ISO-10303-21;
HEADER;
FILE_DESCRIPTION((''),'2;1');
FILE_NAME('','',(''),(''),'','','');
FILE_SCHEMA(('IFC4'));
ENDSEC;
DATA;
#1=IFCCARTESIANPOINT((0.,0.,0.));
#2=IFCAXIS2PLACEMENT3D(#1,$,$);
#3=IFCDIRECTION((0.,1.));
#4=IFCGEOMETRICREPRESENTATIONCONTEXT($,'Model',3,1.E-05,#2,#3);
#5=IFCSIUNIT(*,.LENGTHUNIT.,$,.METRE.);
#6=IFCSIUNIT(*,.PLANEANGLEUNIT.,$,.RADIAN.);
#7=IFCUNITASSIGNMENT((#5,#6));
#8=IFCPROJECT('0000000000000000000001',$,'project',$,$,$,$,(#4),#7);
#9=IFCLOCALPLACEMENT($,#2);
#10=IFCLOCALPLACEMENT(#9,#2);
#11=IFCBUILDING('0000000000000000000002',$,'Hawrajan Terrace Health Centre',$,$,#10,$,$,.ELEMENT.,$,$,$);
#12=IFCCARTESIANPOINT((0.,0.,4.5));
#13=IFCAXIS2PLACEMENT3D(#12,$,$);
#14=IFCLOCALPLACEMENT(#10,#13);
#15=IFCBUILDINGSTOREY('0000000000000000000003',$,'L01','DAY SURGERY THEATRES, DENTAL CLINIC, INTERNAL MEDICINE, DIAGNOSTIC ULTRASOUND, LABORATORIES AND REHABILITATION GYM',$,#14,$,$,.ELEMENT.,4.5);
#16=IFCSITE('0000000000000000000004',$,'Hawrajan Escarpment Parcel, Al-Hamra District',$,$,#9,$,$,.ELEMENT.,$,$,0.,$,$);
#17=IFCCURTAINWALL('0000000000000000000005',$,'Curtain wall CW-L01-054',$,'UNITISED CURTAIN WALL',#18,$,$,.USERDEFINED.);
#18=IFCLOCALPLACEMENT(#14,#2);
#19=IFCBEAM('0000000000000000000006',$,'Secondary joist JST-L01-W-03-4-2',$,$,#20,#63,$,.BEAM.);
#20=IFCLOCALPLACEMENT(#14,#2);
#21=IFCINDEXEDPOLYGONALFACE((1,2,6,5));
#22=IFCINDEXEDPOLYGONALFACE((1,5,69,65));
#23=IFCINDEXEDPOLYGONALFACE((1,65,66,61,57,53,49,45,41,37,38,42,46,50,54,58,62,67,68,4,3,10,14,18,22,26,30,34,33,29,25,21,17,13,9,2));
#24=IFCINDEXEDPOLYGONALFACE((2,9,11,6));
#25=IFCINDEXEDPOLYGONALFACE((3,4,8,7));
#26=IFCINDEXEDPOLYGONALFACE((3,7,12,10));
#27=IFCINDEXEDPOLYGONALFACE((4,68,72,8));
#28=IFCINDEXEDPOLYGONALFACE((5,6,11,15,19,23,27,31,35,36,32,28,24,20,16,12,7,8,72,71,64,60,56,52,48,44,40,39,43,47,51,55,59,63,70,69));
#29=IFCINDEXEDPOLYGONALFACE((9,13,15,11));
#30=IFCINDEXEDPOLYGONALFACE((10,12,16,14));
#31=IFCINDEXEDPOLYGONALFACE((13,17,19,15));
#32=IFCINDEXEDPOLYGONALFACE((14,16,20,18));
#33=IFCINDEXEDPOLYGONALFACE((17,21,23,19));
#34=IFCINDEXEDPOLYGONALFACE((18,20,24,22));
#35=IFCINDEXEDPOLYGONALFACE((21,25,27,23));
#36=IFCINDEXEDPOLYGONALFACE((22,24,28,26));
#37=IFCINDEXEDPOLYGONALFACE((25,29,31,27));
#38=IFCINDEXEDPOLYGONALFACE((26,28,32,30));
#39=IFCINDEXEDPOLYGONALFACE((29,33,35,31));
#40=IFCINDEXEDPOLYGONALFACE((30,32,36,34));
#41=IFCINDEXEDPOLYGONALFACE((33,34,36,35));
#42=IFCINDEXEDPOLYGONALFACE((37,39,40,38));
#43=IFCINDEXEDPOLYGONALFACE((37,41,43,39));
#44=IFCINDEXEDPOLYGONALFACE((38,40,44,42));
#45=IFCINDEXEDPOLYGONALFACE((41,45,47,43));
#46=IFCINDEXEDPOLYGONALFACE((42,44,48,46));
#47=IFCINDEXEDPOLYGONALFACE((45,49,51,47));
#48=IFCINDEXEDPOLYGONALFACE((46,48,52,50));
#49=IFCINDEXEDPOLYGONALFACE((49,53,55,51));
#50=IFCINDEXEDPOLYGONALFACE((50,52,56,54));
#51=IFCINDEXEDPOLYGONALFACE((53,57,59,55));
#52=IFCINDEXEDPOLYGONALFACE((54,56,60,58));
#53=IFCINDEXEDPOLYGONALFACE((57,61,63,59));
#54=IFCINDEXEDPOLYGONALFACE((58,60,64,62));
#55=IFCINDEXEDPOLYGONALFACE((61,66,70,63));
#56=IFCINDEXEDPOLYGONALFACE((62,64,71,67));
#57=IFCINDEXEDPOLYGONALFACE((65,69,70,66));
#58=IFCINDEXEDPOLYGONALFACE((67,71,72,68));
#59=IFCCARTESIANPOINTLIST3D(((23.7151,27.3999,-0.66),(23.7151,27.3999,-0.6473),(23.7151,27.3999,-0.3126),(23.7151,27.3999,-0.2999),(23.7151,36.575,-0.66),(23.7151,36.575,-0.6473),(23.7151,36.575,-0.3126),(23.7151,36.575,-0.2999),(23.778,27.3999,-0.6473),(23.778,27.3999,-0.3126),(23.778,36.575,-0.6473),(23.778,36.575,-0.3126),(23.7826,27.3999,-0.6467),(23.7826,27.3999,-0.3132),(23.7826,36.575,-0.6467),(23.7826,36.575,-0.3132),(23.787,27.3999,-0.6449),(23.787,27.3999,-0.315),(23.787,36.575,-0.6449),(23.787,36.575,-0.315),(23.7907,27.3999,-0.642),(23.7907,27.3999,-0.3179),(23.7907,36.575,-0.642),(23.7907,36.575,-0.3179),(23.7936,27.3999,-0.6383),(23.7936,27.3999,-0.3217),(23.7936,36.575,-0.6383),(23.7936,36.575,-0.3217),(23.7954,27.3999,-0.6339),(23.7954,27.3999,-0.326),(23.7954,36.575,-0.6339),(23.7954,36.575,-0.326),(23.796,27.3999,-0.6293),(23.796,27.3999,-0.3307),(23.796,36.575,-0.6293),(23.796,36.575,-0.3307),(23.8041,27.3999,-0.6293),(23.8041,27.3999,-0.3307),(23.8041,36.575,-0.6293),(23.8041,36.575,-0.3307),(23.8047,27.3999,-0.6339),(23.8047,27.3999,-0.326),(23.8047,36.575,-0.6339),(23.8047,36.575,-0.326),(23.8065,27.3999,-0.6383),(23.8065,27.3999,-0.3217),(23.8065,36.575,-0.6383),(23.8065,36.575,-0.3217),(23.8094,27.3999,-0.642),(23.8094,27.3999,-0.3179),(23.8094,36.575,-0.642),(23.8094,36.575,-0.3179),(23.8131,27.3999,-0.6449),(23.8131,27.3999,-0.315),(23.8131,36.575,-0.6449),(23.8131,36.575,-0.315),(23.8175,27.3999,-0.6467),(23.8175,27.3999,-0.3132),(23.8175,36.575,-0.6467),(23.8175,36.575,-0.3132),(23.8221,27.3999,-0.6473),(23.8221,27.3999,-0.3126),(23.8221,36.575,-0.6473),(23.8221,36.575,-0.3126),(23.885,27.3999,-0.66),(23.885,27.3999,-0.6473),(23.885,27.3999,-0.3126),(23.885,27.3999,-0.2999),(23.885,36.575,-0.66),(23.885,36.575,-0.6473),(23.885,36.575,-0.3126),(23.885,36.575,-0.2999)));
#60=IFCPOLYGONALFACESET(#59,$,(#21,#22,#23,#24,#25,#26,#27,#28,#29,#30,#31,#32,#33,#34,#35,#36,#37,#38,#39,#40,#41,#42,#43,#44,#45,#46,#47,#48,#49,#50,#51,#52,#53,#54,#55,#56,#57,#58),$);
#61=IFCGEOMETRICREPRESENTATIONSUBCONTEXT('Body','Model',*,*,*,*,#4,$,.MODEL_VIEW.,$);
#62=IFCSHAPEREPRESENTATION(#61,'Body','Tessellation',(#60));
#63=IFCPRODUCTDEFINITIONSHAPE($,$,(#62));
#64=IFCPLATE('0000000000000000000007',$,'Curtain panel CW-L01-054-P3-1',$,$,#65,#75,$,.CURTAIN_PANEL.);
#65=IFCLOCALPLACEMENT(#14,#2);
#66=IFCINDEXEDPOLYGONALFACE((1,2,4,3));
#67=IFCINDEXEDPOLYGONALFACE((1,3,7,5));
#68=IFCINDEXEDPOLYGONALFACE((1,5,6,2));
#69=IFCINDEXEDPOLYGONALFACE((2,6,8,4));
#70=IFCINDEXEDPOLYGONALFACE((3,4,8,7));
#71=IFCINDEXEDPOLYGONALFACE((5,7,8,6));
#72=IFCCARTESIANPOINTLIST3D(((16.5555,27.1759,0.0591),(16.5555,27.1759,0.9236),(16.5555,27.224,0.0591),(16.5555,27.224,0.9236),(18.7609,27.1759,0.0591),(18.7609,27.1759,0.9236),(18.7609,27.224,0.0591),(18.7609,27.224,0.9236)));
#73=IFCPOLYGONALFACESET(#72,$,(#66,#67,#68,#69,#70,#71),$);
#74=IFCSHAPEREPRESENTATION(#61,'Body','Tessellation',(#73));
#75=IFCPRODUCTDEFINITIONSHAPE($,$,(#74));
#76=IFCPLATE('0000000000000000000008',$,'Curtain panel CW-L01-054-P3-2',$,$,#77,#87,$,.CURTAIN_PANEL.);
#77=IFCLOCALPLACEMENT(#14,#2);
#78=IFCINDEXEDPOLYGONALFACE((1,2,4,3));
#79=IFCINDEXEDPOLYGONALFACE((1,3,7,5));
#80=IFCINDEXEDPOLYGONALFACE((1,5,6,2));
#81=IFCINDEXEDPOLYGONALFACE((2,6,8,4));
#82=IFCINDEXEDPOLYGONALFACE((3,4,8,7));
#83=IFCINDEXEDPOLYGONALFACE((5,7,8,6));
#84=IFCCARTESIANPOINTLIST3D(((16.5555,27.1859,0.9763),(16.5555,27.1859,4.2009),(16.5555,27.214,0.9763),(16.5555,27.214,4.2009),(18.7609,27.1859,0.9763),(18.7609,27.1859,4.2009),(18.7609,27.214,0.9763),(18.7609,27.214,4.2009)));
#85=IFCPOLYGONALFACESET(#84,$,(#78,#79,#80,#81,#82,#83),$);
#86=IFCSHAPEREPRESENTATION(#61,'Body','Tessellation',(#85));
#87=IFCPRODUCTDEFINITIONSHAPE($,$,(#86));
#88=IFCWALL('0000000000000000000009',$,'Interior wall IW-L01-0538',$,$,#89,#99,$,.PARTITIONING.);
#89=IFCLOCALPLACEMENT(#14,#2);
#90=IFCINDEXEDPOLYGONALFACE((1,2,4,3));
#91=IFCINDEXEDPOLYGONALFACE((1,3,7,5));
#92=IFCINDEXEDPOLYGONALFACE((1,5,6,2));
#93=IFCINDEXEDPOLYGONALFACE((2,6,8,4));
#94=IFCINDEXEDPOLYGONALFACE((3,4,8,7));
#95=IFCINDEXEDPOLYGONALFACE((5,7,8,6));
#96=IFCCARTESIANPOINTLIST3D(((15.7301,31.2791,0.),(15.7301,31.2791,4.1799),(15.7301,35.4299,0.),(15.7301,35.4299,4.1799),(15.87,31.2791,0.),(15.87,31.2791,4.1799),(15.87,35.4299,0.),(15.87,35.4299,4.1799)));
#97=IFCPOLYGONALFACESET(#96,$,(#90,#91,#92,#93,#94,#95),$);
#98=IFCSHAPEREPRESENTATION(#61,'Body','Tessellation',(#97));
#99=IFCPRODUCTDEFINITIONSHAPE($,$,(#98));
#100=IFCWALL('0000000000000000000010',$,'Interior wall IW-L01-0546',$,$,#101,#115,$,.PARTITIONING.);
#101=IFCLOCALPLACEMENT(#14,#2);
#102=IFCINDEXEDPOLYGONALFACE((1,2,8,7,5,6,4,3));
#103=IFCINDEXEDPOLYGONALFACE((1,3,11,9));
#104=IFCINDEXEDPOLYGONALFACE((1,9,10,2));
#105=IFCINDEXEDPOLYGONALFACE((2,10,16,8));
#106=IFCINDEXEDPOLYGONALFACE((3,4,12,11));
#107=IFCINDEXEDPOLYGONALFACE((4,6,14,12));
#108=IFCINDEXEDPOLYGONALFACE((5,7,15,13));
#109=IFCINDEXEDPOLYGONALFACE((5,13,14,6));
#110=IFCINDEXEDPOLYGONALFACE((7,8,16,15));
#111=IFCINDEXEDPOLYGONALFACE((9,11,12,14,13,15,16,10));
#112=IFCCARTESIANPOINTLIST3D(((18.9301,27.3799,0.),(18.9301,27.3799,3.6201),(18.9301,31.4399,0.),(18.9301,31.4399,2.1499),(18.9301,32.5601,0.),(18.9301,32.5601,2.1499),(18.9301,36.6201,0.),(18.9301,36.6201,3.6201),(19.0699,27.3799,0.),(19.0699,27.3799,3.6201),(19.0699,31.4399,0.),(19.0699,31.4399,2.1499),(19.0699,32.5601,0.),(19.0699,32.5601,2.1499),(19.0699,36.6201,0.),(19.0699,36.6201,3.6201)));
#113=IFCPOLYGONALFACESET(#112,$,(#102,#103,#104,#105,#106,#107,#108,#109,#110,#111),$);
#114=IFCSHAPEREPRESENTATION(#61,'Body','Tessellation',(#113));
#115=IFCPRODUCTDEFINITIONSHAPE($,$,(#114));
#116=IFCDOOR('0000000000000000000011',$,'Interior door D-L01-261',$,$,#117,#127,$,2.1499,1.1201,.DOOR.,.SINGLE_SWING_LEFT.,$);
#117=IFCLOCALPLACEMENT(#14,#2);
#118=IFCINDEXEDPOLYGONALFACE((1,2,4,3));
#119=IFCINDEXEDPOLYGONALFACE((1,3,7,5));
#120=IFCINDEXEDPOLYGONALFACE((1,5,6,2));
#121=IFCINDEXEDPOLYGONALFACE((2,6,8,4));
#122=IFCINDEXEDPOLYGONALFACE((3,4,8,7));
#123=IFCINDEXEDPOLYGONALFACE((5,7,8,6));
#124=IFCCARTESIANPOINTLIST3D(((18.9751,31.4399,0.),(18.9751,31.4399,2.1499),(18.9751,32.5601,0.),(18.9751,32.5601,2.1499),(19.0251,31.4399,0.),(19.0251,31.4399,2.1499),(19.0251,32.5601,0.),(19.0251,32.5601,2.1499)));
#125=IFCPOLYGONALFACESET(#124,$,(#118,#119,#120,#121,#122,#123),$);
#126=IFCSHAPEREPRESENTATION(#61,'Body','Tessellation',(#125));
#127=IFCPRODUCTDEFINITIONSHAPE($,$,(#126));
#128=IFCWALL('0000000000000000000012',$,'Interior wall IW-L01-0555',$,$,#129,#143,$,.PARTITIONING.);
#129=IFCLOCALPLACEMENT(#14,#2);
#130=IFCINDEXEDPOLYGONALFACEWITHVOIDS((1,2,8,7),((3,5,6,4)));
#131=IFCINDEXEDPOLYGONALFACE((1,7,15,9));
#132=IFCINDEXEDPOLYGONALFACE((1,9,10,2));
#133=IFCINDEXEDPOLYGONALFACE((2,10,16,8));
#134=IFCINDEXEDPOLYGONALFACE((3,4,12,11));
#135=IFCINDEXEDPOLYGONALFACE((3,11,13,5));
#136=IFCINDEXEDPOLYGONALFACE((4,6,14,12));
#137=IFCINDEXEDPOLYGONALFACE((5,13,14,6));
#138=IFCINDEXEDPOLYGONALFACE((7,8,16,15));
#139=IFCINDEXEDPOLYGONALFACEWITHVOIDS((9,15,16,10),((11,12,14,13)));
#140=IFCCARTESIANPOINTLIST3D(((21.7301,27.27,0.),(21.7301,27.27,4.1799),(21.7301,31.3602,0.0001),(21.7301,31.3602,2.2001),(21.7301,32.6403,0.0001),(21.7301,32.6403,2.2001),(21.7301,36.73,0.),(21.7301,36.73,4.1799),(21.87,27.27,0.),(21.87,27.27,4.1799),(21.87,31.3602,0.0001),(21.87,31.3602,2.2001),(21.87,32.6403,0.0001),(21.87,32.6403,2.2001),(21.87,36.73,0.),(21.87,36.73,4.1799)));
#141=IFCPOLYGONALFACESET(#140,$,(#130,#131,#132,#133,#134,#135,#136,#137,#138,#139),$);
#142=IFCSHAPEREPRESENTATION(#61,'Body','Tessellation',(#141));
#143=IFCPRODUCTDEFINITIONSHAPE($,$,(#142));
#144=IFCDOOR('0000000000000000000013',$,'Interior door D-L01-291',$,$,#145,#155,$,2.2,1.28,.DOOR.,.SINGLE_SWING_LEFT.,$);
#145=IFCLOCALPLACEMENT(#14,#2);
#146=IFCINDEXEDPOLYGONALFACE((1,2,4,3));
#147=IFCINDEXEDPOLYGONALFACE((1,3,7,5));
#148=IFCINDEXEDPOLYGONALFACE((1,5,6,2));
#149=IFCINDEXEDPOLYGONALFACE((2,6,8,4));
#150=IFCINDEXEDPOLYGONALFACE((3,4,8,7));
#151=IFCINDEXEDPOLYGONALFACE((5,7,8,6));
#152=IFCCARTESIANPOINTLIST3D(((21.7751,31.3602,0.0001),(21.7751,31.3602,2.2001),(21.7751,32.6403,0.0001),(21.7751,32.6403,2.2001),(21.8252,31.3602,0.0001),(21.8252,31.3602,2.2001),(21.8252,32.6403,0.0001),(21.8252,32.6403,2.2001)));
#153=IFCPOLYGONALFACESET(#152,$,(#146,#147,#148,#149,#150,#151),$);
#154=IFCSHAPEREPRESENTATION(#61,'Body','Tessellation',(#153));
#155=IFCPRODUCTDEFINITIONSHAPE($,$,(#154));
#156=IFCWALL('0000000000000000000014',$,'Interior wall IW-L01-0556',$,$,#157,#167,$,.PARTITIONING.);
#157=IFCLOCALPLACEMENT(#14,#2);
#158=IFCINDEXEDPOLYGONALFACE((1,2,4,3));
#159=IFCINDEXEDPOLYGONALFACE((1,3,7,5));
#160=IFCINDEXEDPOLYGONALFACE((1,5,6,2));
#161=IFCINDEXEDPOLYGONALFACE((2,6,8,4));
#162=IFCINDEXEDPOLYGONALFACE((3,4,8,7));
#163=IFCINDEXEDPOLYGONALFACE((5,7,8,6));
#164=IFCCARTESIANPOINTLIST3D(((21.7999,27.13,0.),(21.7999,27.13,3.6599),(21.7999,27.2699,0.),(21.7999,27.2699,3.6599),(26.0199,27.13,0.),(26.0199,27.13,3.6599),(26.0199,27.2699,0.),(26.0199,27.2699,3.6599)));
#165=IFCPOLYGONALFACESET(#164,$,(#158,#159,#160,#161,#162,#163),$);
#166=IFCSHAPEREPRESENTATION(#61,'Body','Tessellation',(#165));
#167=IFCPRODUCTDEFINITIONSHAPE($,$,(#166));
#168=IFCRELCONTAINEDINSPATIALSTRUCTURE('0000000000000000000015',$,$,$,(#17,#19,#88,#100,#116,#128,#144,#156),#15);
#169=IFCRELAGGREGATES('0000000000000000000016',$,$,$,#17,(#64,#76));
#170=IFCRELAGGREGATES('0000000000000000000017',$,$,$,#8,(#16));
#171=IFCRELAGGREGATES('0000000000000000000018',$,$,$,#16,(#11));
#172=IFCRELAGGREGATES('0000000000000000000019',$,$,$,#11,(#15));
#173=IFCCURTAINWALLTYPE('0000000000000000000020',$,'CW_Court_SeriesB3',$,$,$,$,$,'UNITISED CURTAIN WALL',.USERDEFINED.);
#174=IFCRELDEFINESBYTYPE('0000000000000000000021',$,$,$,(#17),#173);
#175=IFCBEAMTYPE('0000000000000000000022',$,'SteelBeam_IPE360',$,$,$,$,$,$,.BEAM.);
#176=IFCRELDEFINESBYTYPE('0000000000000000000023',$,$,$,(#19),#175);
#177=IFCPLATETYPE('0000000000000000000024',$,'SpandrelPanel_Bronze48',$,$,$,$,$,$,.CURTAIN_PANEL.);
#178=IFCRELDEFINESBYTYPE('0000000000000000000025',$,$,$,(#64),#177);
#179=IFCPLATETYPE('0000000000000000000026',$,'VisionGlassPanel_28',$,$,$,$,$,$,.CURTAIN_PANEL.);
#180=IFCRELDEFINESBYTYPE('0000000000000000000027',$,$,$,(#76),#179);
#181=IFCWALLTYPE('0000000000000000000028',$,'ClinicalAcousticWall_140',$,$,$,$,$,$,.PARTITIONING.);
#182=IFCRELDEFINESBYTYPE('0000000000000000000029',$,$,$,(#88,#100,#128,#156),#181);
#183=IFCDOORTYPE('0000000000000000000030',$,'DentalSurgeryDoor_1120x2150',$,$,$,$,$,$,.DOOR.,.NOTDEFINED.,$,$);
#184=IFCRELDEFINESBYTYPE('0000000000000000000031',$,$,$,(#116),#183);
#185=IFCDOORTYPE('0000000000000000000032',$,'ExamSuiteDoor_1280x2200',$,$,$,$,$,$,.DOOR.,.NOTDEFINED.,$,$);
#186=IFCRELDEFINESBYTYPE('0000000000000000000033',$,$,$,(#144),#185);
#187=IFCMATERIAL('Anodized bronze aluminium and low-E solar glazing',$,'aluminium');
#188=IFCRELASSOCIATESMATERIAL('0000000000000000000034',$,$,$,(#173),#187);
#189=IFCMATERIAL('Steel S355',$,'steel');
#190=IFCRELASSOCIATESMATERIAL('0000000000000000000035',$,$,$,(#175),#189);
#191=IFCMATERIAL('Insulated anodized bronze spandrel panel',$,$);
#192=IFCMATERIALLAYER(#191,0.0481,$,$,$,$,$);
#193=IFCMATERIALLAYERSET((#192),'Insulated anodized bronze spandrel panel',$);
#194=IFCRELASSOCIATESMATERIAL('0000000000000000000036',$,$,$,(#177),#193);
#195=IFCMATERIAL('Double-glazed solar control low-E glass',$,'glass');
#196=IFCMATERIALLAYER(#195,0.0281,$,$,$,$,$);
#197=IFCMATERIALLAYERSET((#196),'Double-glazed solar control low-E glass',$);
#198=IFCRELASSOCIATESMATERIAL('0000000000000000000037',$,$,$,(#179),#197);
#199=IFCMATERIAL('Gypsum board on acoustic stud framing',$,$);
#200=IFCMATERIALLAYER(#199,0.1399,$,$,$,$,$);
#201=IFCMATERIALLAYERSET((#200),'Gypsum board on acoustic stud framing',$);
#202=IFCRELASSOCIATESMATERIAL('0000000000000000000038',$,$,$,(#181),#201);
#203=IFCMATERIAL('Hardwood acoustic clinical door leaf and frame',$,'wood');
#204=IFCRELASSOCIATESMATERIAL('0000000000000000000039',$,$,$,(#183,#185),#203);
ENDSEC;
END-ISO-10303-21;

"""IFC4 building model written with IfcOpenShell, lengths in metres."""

from ifc_helpers import new_model, si_unit, direction, frame, frame_2d, origin, origin_2d, place, context, subcontext, project, spatial, rectangle, i_section, extrude, material, layer, layer_set, material_profile, profile_set, type_object, element, fill, aggregate, save


model = new_model("IFC4")

# Units and contexts
model_context = context("Model", 3, precision=1e-05, world=origin(), true_north=direction((0.0, 1.0)))
body_context = subcontext(model_context, "Body", "Model", "MODEL_VIEW")
ifc_project = project(units=[si_unit("LENGTHUNIT", "METRE"), si_unit("PLANEANGLEUNIT", "RADIAN")], contexts=[model_context])

# Site, building, storey
site_placement = place(None, origin())
site = spatial("IfcSite", under=ifc_project, at=site_placement, Name="Hawrajan Escarpment Parcel, Al-Hamra District", CompositionType="ELEMENT", RefElevation=0.0)
building_placement = place(site_placement, origin())
building = spatial("IfcBuilding", under=site, at=building_placement, Name="Hawrajan Terrace Health Centre", CompositionType="ELEMENT")
storey_placement = place(building_placement, frame((0.0, 0.0, 4.5)))
storey = spatial("IfcBuildingStorey", under=building, at=storey_placement, Name="L01", Description="DAY SURGERY THEATRES, DENTAL CLINIC, INTERNAL MEDICINE, DIAGNOSTIC ULTRASOUND, LABORATORIES AND REHABILITATION GYM", CompositionType="ELEMENT", Elevation=4.5)

# Curtain wall
ifc_material_1 = material(Name="Anodized bronze aluminium and low-E solar glazing", Category="aluminium")
curtain_wall_type_1 = type_object("IfcCurtainWallType", Name="CW_Court_SeriesB3", ElementType="UNITISED CURTAIN WALL", PredefinedType="USERDEFINED", material=ifc_material_1)
curtain_wall_1_placement = place(storey_placement, origin())
curtain_wall_1 = element("IfcCurtainWall", 1, at=curtain_wall_1_placement, inside=storey, type_object=curtain_wall_type_1, Name="Curtain wall CW-L01-054", ObjectType="UNITISED CURTAIN WALL", PredefinedType="USERDEFINED")

# Beam
ifc_material_2 = material(Name="Steel S355", Category="steel")
ifc_material_profile_1 = material_profile(ifc_material_2, i_section(OverallWidth=0.1699, OverallDepth=0.3601, WebThickness=0.0081, FlangeThickness=0.0127, FilletRadius=0.0181, at=origin_2d()), Name="IPE 360")
ifc_profile_set_1 = profile_set([ifc_material_profile_1], Name="Steel S355")
beam_type_1 = type_object("IfcBeamType", Name="SteelBeam_IPE360", PredefinedType="BEAM", material=ifc_profile_set_1)
for number, where, z_axis, x_axis, name in (
    (2, (23.8, 27.3999, -0.48), (0.0, 1.0, 0.0), (-1.0, 0.0, 0.0), "Secondary joist JST-L01-W-03-4-2"),
):
    element("IfcBeam", number, at=place(storey_placement, frame(where, z_axis=z_axis, x_axis=x_axis)), inside=storey, type_object=beam_type_1, Name=name, PredefinedType="BEAM", context=body_context, shape_type="SweptSolid", body=[
        extrude(i_section(OverallWidth=0.1699, OverallDepth=0.3601, WebThickness=0.0081, FlangeThickness=0.0127, FilletRadius=0.0181, at=origin_2d()), origin(), (0.0, 0.0, 1.0), 9.175),
    ])

# Plates
ifc_material_3 = material(Name="Insulated anodized bronze spandrel panel")
ifc_layer_1 = layer(ifc_material_3, 0.0481)
ifc_layer_set_1 = layer_set([ifc_layer_1], Name="Insulated anodized bronze spandrel panel")
plate_type_1 = type_object("IfcPlateType", Name="SpandrelPanel_Bronze48", PredefinedType="CURTAIN_PANEL", material=ifc_layer_set_1)
plate_1_placement = place(storey_placement, frame((17.6582, 27.2, 0.0591), z_axis=(0.0, 0.0, 1.0), x_axis=(1.0, 0.0, 0.0)))
plate_1 = element("IfcPlate", 3, at=plate_1_placement, type_object=plate_type_1, Name="Curtain panel CW-L01-054-P3-1", PredefinedType="CURTAIN_PANEL", context=body_context, shape_type="SweptSolid", body=[
    extrude(rectangle(XDim=2.2053, YDim=0.0481, at=origin_2d()), origin(), (0.0, 0.0, 1.0), 0.8645),
])
ifc_material_4 = material(Name="Double-glazed solar control low-E glass", Category="glass")
ifc_layer_2 = layer(ifc_material_4, 0.0281)
ifc_layer_set_2 = layer_set([ifc_layer_2], Name="Double-glazed solar control low-E glass")
plate_type_2 = type_object("IfcPlateType", Name="VisionGlassPanel_28", PredefinedType="CURTAIN_PANEL", material=ifc_layer_set_2)
plate_2_placement = place(storey_placement, frame((17.6582, 27.2, 0.9763), z_axis=(0.0, 0.0, 1.0), x_axis=(1.0, 0.0, 0.0)))
plate_2 = element("IfcPlate", 4, at=plate_2_placement, type_object=plate_type_2, Name="Curtain panel CW-L01-054-P3-2", PredefinedType="CURTAIN_PANEL", context=body_context, shape_type="SweptSolid", body=[
    extrude(rectangle(XDim=2.2053, YDim=0.0281, at=origin_2d()), origin(), (0.0, 0.0, 1.0), 3.2246),
])
aggregate(curtain_wall_1, [plate_1, plate_2])

# Wall
ifc_material_5 = material(Name="Gypsum board on acoustic stud framing")
ifc_layer_3 = layer(ifc_material_5, 0.1399)
ifc_layer_set_3 = layer_set([ifc_layer_3], Name="Gypsum board on acoustic stud framing")
wall_type = type_object("IfcWallType", Name="ClinicalAcousticWall_140", PredefinedType="PARTITIONING", material=ifc_layer_set_3)
wall_1_placement = place(storey_placement, frame((15.8, 31.2791, 0.0), z_axis=(0.0, 0.0, 1.0), x_axis=(0.0, 1.0, 0.0)))
element("IfcWall", 5, at=wall_1_placement, inside=storey, type_object=wall_type, Name="Interior wall IW-L01-0538", PredefinedType="PARTITIONING", context=body_context, shape_type="SweptSolid", body=[
    extrude(rectangle(XDim=4.1509, YDim=0.1399, at=frame_2d((2.0754, 0.0))), origin(), (0.0, 0.0, 1.0), 4.1799),
])

# Walls, openings, doors
ifc_material_6 = material(Name="Hardwood acoustic clinical door leaf and frame", Category="wood")
wall_2_placement = place(storey_placement, frame((19.0, 27.3799, 0.0), z_axis=(0.0, 0.0, 1.0), x_axis=(0.0, 1.0, 0.0)))
wall_2 = element("IfcWall", 6, at=wall_2_placement, inside=storey, type_object=wall_type, Name="Interior wall IW-L01-0546", PredefinedType="PARTITIONING", context=body_context, shape_type="SweptSolid", body=[
    extrude(rectangle(XDim=9.2402, YDim=0.1399, at=frame_2d((4.6201, 0.0))), origin(), (0.0, 0.0, 1.0), 3.6201),
])
opening_1_placement = place(wall_2_placement, frame((4.0601, 0.0, 0.0)))
opening_1 = element("IfcOpeningElement", 7, at=opening_1_placement, cuts=wall_2, PredefinedType="OPENING", context=body_context, shape_type="SweptSolid", body=[
    extrude(rectangle(XDim=1.1201, YDim=2.1499, at=frame_2d((0.5601, 1.075))), frame((0.0, 0.0798, 0.0), z_axis=(0.0, -1.0, 0.0), x_axis=(1.0, 0.0, 0.0)), (0.0, 0.0, 1.0), 0.1599),
])
door_type_1 = type_object("IfcDoorType", Name="DentalSurgeryDoor_1120x2150", OperationType="NOTDEFINED", PredefinedType="DOOR", material=ifc_material_6)
door_1_placement = place(opening_1_placement, origin())
door_1 = element("IfcDoor", 8, at=door_1_placement, inside=storey, type_object=door_type_1, Name="Interior door D-L01-261", OperationType="SINGLE_SWING_LEFT", OverallHeight=2.1499, OverallWidth=1.1201, PredefinedType="DOOR", context=body_context, shape_type="SweptSolid", body=[
    extrude(rectangle(XDim=1.1201, YDim=2.1499, at=frame_2d((0.5601, 1.075))), frame((0.0, 0.0249, 0.0), z_axis=(0.0, -1.0, 0.0), x_axis=(1.0, 0.0, 0.0)), (0.0, 0.0, 1.0), 0.05),
])
fill(opening_1, door_1)
wall_3_placement = place(storey_placement, frame((21.8, 27.27, 0.0), z_axis=(0.0, 0.0, 1.0), x_axis=(0.0, 1.0, 0.0)))
wall_3 = element("IfcWall", 9, at=wall_3_placement, inside=storey, type_object=wall_type, Name="Interior wall IW-L01-0555", PredefinedType="PARTITIONING", context=body_context, shape_type="SweptSolid", body=[
    extrude(rectangle(XDim=9.46, YDim=0.1399, at=frame_2d((4.73, 0.0))), origin(), (0.0, 0.0, 1.0), 4.1799),
])
opening_2_placement = place(wall_3_placement, frame((4.0901, 0.0, 0.0)))
opening_2 = element("IfcOpeningElement", 10, at=opening_2_placement, cuts=wall_3, PredefinedType="OPENING", context=body_context, shape_type="SweptSolid", body=[
    extrude(rectangle(XDim=1.28, YDim=2.2, at=frame_2d((0.6401, 1.1001))), frame((0.0, 0.0798, 0.0), z_axis=(0.0, -1.0, 0.0), x_axis=(1.0, 0.0, 0.0)), (0.0, 0.0, 1.0), 0.1599),
])
door_type_2 = type_object("IfcDoorType", Name="ExamSuiteDoor_1280x2200", OperationType="NOTDEFINED", PredefinedType="DOOR", material=ifc_material_6)
door_2_placement = place(opening_2_placement, origin())
door_2 = element("IfcDoor", 11, at=door_2_placement, inside=storey, type_object=door_type_2, Name="Interior door D-L01-291", OperationType="SINGLE_SWING_LEFT", OverallHeight=2.2, OverallWidth=1.28, PredefinedType="DOOR", context=body_context, shape_type="SweptSolid", body=[
    extrude(rectangle(XDim=1.28, YDim=2.2, at=frame_2d((0.6401, 1.1001))), frame((0.0, 0.0249, 0.0), z_axis=(0.0, -1.0, 0.0), x_axis=(1.0, 0.0, 0.0)), (0.0, 0.0, 1.0), 0.05),
])
fill(opening_2, door_2)

# Wall
wall_4_placement = place(storey_placement, frame((21.8, 27.2, 0.0), z_axis=(0.0, 0.0, 1.0), x_axis=(1.0, 0.0, 0.0)))
element("IfcWall", 12, at=wall_4_placement, inside=storey, type_object=wall_type, Name="Interior wall IW-L01-0556", PredefinedType="PARTITIONING", context=body_context, shape_type="SweptSolid", body=[
    extrude(rectangle(XDim=4.22, YDim=0.1399, at=frame_2d((2.1099, 0.0))), origin(), (0.0, 0.0, 1.0), 3.6599),
])

save(model, "model.ifc")
